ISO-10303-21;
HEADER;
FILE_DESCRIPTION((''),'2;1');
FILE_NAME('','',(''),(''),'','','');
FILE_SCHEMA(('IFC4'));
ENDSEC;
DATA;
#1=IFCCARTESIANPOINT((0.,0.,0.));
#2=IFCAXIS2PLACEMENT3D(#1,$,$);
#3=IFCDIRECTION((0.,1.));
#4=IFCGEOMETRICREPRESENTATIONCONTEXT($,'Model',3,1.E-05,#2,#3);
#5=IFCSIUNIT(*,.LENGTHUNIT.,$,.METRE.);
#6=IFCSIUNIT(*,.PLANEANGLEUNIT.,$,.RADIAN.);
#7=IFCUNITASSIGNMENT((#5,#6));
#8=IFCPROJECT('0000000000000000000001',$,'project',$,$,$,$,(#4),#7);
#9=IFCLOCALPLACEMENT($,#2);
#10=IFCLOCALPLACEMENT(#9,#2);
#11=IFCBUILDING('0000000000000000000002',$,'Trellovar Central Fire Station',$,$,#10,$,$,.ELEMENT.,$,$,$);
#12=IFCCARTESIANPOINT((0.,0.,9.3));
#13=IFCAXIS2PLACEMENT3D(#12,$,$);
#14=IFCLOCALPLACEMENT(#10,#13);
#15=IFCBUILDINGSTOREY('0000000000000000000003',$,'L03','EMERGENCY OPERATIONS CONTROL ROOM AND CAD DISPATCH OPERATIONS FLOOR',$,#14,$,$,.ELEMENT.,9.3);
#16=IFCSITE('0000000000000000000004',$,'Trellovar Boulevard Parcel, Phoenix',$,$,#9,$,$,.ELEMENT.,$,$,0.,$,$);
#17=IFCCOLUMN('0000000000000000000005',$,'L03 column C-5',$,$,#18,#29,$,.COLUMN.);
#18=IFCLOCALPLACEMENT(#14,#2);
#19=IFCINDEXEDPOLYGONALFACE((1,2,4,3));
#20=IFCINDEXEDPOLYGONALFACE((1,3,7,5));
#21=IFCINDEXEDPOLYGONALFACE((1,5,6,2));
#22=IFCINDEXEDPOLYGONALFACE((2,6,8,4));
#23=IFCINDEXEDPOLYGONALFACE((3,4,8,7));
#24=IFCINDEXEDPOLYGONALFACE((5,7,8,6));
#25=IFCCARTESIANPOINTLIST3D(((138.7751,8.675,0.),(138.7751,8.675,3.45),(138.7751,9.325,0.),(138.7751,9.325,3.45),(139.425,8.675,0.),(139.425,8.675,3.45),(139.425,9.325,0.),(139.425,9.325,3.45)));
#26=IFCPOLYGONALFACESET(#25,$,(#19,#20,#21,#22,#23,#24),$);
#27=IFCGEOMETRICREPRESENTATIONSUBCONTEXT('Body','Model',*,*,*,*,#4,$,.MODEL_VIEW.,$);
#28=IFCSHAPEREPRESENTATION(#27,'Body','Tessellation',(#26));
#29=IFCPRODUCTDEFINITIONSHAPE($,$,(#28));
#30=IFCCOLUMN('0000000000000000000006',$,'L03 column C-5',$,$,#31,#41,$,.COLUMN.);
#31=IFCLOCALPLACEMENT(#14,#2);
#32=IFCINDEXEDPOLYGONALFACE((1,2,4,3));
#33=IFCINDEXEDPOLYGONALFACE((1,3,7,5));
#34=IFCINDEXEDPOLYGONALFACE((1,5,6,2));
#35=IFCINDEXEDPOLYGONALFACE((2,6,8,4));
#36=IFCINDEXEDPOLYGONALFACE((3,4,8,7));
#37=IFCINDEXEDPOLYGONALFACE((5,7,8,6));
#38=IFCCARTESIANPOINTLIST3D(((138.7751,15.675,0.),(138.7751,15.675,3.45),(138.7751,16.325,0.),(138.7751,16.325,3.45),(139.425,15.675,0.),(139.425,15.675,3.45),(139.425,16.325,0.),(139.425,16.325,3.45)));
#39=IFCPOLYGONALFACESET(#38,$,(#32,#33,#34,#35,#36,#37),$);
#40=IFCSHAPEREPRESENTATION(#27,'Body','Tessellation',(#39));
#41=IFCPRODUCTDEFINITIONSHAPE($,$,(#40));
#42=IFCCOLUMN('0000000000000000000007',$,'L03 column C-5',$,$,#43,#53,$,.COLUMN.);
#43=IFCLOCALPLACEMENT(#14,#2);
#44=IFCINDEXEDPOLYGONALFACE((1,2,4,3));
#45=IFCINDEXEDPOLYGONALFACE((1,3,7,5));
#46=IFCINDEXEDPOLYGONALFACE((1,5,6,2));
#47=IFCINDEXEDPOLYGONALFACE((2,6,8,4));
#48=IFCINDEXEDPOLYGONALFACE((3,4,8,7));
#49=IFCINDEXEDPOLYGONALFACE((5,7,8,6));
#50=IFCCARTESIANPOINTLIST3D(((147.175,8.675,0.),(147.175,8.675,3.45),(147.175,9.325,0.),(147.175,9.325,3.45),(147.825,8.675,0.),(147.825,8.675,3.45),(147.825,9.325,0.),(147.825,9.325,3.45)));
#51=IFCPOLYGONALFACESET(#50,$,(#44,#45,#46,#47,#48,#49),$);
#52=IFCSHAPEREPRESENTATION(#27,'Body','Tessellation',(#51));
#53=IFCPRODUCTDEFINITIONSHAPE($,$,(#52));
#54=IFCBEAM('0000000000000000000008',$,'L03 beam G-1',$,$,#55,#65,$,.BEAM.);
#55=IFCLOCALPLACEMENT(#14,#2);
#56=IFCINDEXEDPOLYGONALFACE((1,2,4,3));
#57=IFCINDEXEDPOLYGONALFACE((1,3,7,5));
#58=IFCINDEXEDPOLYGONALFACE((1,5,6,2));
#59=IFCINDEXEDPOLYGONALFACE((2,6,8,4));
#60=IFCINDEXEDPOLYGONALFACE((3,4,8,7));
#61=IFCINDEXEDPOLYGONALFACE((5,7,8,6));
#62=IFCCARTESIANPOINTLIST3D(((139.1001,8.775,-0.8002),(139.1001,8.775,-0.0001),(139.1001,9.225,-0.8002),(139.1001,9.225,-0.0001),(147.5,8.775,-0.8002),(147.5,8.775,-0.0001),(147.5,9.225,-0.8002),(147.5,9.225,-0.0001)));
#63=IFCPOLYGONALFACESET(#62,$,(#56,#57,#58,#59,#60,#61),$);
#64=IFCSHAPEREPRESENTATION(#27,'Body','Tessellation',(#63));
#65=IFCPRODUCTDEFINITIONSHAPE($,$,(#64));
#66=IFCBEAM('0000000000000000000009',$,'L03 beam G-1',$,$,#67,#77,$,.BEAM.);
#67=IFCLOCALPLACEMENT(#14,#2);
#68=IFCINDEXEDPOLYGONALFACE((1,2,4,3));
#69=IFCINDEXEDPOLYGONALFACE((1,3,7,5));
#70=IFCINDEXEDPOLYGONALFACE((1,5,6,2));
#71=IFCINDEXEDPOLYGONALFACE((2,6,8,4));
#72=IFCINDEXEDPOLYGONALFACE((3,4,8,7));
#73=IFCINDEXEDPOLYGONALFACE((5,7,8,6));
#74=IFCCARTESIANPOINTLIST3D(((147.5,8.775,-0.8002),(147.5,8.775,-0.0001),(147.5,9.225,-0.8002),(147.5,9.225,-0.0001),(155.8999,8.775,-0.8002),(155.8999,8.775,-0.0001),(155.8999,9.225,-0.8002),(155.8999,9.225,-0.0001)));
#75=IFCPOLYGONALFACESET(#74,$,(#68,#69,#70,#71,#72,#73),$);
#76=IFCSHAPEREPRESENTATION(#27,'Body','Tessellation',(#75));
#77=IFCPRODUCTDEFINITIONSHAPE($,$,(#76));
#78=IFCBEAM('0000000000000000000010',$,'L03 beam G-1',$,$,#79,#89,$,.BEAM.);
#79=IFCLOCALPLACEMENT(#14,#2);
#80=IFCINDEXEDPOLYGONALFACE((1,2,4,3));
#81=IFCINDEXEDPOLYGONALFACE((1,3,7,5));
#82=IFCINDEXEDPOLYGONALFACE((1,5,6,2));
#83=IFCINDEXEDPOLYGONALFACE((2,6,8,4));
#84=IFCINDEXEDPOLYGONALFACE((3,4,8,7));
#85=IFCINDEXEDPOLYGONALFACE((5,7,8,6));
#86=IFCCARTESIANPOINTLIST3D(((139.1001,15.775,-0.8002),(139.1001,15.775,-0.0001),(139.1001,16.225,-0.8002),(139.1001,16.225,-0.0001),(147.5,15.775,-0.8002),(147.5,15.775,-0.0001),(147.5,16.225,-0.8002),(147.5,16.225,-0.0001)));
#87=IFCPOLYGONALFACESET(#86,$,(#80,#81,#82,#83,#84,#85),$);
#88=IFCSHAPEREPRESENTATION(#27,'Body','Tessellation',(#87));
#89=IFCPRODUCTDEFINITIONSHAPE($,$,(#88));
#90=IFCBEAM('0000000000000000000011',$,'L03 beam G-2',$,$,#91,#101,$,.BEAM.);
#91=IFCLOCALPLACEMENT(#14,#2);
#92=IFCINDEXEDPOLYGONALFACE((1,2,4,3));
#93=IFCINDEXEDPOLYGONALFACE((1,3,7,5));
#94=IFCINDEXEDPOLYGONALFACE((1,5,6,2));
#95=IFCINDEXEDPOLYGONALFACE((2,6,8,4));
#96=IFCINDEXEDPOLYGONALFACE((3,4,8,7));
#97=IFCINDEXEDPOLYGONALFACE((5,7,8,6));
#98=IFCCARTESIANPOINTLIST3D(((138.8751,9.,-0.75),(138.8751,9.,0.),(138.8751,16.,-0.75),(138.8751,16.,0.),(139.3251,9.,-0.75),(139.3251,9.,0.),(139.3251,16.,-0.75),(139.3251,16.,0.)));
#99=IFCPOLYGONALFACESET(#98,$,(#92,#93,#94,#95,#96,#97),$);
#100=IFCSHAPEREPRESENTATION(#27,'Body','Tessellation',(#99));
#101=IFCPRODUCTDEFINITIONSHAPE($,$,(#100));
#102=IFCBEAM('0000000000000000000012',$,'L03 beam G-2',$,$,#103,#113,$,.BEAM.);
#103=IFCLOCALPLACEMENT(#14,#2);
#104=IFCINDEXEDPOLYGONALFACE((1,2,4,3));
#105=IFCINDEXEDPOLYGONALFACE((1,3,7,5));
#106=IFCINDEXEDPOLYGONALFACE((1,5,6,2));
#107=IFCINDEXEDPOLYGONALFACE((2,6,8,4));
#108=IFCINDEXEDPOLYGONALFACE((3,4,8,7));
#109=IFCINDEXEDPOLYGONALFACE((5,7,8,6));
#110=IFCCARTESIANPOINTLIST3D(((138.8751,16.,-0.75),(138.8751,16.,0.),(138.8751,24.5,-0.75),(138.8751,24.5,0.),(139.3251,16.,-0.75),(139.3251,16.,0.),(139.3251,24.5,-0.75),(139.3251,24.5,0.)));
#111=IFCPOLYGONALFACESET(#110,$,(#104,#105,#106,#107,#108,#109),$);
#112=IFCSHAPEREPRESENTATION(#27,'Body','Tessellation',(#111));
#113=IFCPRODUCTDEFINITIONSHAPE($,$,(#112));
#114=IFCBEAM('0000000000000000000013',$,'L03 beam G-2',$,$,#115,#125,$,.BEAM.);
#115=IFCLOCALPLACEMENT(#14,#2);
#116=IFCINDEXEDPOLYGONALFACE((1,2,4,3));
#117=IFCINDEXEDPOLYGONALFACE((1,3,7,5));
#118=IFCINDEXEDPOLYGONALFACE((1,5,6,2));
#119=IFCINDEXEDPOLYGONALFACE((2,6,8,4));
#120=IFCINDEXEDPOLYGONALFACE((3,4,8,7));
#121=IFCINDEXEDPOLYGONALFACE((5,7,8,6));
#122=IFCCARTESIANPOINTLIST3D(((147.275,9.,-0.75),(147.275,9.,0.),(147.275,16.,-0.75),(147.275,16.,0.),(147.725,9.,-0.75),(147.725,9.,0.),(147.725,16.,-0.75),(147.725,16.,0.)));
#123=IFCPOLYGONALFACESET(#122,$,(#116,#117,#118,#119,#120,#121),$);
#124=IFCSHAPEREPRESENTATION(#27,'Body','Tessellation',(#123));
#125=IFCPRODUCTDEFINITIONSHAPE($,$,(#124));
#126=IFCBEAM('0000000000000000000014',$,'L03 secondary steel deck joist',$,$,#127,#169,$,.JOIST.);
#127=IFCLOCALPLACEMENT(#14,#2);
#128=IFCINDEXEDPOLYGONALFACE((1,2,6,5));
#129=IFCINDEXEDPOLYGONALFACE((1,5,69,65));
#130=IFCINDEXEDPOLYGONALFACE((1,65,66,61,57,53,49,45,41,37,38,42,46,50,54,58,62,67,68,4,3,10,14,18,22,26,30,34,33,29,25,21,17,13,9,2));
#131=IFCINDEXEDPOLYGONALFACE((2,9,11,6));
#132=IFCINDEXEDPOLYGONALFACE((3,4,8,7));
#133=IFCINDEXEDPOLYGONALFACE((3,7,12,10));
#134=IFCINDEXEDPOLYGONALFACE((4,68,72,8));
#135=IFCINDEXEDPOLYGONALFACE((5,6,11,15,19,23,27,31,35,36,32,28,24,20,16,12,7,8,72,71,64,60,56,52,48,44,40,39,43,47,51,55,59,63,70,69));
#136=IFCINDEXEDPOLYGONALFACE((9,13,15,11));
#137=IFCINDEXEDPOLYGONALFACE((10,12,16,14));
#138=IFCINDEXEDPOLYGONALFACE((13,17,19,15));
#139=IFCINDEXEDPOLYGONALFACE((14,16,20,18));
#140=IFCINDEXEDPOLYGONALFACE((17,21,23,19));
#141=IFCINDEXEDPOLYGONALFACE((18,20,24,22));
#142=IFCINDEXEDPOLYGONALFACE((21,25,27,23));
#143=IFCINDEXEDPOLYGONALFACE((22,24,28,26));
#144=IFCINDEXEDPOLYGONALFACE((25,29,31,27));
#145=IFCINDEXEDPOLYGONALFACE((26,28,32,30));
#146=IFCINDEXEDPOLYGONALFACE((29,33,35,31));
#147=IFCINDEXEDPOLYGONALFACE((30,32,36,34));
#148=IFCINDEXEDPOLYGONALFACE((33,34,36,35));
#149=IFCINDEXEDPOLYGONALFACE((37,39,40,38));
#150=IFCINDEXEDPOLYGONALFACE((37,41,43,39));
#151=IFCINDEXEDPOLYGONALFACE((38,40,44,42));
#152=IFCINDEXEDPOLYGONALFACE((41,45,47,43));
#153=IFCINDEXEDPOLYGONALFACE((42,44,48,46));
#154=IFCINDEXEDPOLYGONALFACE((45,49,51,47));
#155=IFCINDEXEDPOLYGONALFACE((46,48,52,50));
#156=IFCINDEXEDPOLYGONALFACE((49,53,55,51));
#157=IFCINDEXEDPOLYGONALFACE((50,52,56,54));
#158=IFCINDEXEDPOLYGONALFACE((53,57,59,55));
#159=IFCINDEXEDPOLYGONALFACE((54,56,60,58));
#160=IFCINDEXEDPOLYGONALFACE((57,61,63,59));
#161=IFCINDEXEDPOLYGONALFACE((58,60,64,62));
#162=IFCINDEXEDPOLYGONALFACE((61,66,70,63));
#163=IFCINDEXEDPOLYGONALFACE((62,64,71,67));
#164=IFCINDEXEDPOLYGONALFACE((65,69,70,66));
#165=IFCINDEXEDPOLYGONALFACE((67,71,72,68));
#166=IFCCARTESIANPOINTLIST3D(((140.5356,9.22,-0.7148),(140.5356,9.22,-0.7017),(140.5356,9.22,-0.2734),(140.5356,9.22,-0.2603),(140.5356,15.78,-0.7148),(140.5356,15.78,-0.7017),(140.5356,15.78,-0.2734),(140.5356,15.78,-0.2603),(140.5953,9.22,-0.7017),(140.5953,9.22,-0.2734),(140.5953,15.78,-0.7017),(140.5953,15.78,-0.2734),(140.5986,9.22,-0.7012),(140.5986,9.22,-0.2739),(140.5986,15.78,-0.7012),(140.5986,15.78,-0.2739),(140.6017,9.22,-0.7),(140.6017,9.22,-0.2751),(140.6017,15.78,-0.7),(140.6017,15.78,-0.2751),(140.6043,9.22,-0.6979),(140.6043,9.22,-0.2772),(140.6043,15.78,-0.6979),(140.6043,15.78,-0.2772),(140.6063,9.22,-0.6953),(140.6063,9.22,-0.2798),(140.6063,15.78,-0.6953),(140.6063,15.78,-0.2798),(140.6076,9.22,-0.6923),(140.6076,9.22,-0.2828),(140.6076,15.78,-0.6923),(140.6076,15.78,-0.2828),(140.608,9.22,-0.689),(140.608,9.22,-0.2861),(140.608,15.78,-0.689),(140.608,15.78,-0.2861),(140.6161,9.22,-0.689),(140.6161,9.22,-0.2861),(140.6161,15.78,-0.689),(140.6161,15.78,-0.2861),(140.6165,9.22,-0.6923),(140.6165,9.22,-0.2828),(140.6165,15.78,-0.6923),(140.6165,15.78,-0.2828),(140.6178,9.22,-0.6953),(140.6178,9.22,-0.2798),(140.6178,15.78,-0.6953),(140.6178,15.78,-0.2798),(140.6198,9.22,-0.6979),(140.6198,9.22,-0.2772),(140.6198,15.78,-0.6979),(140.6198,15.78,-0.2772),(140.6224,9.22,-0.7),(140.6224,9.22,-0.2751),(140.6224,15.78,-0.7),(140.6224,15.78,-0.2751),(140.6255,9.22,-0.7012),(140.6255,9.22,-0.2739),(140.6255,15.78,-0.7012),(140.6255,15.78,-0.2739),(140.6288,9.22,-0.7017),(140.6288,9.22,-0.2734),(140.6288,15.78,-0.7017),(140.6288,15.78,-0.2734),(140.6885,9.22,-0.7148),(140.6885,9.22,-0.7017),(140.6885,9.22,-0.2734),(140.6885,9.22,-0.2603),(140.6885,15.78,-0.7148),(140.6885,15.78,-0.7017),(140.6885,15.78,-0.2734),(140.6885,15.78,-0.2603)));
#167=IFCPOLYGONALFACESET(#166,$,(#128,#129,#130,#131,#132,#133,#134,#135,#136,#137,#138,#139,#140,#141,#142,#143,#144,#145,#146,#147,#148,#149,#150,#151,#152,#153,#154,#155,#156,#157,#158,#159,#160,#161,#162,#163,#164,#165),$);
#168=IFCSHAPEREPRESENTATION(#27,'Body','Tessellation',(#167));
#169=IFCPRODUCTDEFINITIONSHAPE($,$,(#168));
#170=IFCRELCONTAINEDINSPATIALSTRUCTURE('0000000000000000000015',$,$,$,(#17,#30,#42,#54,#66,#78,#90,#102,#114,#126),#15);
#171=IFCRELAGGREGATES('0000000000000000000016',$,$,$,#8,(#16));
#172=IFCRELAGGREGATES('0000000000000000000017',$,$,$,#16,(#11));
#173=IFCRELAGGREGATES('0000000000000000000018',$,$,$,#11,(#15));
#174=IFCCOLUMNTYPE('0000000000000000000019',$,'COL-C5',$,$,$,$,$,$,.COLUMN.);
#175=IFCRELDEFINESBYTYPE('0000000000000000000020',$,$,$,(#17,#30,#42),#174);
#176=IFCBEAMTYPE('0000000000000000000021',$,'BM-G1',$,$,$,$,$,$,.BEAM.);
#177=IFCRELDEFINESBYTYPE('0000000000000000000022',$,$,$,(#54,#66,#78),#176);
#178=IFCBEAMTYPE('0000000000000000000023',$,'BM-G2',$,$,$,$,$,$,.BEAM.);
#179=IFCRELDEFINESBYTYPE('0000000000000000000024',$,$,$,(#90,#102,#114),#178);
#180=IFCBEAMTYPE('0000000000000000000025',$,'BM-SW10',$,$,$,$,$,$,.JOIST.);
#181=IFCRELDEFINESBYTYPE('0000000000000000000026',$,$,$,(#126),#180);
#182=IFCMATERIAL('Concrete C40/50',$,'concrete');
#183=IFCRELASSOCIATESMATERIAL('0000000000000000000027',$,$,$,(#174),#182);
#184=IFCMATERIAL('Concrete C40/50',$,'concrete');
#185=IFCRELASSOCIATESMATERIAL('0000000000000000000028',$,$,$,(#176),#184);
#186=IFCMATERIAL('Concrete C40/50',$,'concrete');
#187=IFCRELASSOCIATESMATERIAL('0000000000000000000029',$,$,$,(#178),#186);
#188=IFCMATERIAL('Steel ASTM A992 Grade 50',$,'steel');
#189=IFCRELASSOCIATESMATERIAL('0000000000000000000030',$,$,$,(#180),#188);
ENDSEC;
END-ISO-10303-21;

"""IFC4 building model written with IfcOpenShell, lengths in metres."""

from ifc_helpers import new_model, si_unit, direction, frame, origin, origin_2d, place, context, subcontext, project, spatial, rectangle, i_section, extrude, material, material_profile, profile_set, type_object, element, save


model = new_model("IFC4")

# Units and contexts
model_context = context("Model", 3, precision=1e-05, world=origin(), true_north=direction((0.0, 1.0)))
body_context = subcontext(model_context, "Body", "Model", "MODEL_VIEW")
ifc_project = project(units=[si_unit("LENGTHUNIT", "METRE"), si_unit("PLANEANGLEUNIT", "RADIAN")], contexts=[model_context])

# Site, building, storey
site_placement = place(None, origin())
site = spatial("IfcSite", under=ifc_project, at=site_placement, Name="Trellovar Boulevard Parcel, Phoenix", CompositionType="ELEMENT", RefElevation=0.0)
building_placement = place(site_placement, origin())
building = spatial("IfcBuilding", under=site, at=building_placement, Name="Trellovar Central Fire Station", CompositionType="ELEMENT")
storey_placement = place(building_placement, frame((0.0, 0.0, 9.3)))
storey = spatial("IfcBuildingStorey", under=building, at=storey_placement, Name="L03", Description="EMERGENCY OPERATIONS CONTROL ROOM AND CAD DISPATCH OPERATIONS FLOOR", CompositionType="ELEMENT", Elevation=9.3)

# Columns
ifc_material_1 = material(Name="Concrete C40/50", Category="concrete")
ifc_material_profile_1 = material_profile(ifc_material_1, rectangle(XDim=0.6499, YDim=0.6499, at=origin_2d()), Name="RC650X650")
ifc_profile_set_1 = profile_set([ifc_material_profile_1], Name="Concrete C40/50")
column_type = type_object("IfcColumnType", Name="COL-C5", PredefinedType="COLUMN", material=ifc_profile_set_1)
for number, where, z_axis, x_axis, name in (
    (1, (139.1001, 9.0, 0.0), (0.0, 0.0, 1.0), (1.0, 0.0, 0.0), "L03 column C-5"),
    (2, (139.1001, 16.0, 0.0), (0.0, 0.0, 1.0), (1.0, 0.0, 0.0), "L03 column C-5"),
    (3, (147.5, 9.0, 0.0), (0.0, 0.0, 1.0), (1.0, 0.0, 0.0), "L03 column C-5"),
):
    element("IfcColumn", number, at=place(storey_placement, frame(where, z_axis=z_axis, x_axis=x_axis)), inside=storey, type_object=column_type, Name=name, PredefinedType="COLUMN", context=body_context, shape_type="SweptSolid", body=[
        extrude(rectangle(XDim=0.6499, YDim=0.6499, at=origin_2d()), origin(), (0.0, 0.0, 1.0), 3.45),
    ])

# Beams
ifc_material_2 = material(Name="Concrete C40/50", Category="concrete")
ifc_material_profile_2 = material_profile(ifc_material_2, rectangle(XDim=0.45, YDim=0.8, at=origin_2d()), Name="RC450X800")
ifc_profile_set_2 = profile_set([ifc_material_profile_2], Name="Concrete C40/50")
beam_type_1 = type_object("IfcBeamType", Name="BM-G1", PredefinedType="BEAM", material=ifc_profile_set_2)
for number, where, z_axis, x_axis, name in (
    (4, (139.1001, 9.0, -0.4001), (1.0, 0.0, 0.0), (0.0, 1.0, 0.0), "L03 beam G-1"),
    (5, (147.5, 9.0, -0.4001), (1.0, 0.0, 0.0), (0.0, 1.0, 0.0), "L03 beam G-1"),
    (6, (139.1001, 16.0, -0.4001), (1.0, 0.0, 0.0), (0.0, 1.0, 0.0), "L03 beam G-1"),
):
    element("IfcBeam", number, at=place(storey_placement, frame(where, z_axis=z_axis, x_axis=x_axis)), inside=storey, type_object=beam_type_1, Name=name, PredefinedType="BEAM", context=body_context, shape_type="SweptSolid", body=[
        extrude(rectangle(XDim=0.45, YDim=0.8, at=origin_2d()), origin(), (0.0, 0.0, 1.0), 8.3999),
    ])
ifc_material_3 = material(Name="Concrete C40/50", Category="concrete")
ifc_material_profile_3 = material_profile(ifc_material_3, rectangle(XDim=0.45, YDim=0.75, at=origin_2d()), Name="RC450X750")
ifc_profile_set_3 = profile_set([ifc_material_profile_3], Name="Concrete C40/50")
beam_type_2 = type_object("IfcBeamType", Name="BM-G2", PredefinedType="BEAM", material=ifc_profile_set_3)
beam_1_placement = place(storey_placement, frame((139.1001, 9.0, -0.375), z_axis=(0.0, 1.0, 0.0), x_axis=(-1.0, 0.0, 0.0)))
element("IfcBeam", 7, at=beam_1_placement, inside=storey, type_object=beam_type_2, Name="L03 beam G-2", PredefinedType="BEAM", context=body_context, shape_type="SweptSolid", body=[
    extrude(rectangle(XDim=0.45, YDim=0.75, at=origin_2d()), origin(), (0.0, 0.0, 1.0), 7.0),
])
beam_2_placement = place(storey_placement, frame((139.1001, 16.0, -0.375), z_axis=(0.0, 1.0, 0.0), x_axis=(-1.0, 0.0, 0.0)))
element("IfcBeam", 8, at=beam_2_placement, inside=storey, type_object=beam_type_2, Name="L03 beam G-2", PredefinedType="BEAM", context=body_context, shape_type="SweptSolid", body=[
    extrude(rectangle(XDim=0.45, YDim=0.75, at=origin_2d()), origin(), (0.0, 0.0, 1.0), 8.5),
])
beam_3_placement = place(storey_placement, frame((147.5, 9.0, -0.375), z_axis=(0.0, 1.0, 0.0), x_axis=(-1.0, 0.0, 0.0)))
element("IfcBeam", 9, at=beam_3_placement, inside=storey, type_object=beam_type_2, Name="L03 beam G-2", PredefinedType="BEAM", context=body_context, shape_type="SweptSolid", body=[
    extrude(rectangle(XDim=0.45, YDim=0.75, at=origin_2d()), origin(), (0.0, 0.0, 1.0), 7.0),
])
ifc_material_4 = material(Name="Steel ASTM A992 Grade 50", Category="steel")
ifc_material_profile_4 = material_profile(ifc_material_4, i_section(OverallWidth=0.1528, OverallDepth=0.4546, WebThickness=0.0081, FlangeThickness=0.0132, FilletRadius=0.0127, at=origin_2d()), Name="W18X40")
ifc_profile_set_4 = profile_set([ifc_material_profile_4], Name="Steel ASTM A992 Grade 50")
beam_type_3 = type_object("IfcBeamType", Name="BM-SW10", PredefinedType="JOIST", material=ifc_profile_set_4)
beam_4_placement = place(storey_placement, frame((140.6121, 9.22, -0.4875), z_axis=(0.0, 1.0, 0.0), x_axis=(-1.0, 0.0, 0.0)))
element("IfcBeam", 10, at=beam_4_placement, inside=storey, type_object=beam_type_3, Name="L03 secondary steel deck joist", PredefinedType="JOIST", context=body_context, shape_type="SweptSolid", body=[
    extrude(i_section(OverallWidth=0.1528, OverallDepth=0.4546, WebThickness=0.0081, FlangeThickness=0.0132, FilletRadius=0.0127, at=origin_2d()), origin(), (0.0, 0.0, 1.0), 6.5601),
])

save(model, "model.ifc")
